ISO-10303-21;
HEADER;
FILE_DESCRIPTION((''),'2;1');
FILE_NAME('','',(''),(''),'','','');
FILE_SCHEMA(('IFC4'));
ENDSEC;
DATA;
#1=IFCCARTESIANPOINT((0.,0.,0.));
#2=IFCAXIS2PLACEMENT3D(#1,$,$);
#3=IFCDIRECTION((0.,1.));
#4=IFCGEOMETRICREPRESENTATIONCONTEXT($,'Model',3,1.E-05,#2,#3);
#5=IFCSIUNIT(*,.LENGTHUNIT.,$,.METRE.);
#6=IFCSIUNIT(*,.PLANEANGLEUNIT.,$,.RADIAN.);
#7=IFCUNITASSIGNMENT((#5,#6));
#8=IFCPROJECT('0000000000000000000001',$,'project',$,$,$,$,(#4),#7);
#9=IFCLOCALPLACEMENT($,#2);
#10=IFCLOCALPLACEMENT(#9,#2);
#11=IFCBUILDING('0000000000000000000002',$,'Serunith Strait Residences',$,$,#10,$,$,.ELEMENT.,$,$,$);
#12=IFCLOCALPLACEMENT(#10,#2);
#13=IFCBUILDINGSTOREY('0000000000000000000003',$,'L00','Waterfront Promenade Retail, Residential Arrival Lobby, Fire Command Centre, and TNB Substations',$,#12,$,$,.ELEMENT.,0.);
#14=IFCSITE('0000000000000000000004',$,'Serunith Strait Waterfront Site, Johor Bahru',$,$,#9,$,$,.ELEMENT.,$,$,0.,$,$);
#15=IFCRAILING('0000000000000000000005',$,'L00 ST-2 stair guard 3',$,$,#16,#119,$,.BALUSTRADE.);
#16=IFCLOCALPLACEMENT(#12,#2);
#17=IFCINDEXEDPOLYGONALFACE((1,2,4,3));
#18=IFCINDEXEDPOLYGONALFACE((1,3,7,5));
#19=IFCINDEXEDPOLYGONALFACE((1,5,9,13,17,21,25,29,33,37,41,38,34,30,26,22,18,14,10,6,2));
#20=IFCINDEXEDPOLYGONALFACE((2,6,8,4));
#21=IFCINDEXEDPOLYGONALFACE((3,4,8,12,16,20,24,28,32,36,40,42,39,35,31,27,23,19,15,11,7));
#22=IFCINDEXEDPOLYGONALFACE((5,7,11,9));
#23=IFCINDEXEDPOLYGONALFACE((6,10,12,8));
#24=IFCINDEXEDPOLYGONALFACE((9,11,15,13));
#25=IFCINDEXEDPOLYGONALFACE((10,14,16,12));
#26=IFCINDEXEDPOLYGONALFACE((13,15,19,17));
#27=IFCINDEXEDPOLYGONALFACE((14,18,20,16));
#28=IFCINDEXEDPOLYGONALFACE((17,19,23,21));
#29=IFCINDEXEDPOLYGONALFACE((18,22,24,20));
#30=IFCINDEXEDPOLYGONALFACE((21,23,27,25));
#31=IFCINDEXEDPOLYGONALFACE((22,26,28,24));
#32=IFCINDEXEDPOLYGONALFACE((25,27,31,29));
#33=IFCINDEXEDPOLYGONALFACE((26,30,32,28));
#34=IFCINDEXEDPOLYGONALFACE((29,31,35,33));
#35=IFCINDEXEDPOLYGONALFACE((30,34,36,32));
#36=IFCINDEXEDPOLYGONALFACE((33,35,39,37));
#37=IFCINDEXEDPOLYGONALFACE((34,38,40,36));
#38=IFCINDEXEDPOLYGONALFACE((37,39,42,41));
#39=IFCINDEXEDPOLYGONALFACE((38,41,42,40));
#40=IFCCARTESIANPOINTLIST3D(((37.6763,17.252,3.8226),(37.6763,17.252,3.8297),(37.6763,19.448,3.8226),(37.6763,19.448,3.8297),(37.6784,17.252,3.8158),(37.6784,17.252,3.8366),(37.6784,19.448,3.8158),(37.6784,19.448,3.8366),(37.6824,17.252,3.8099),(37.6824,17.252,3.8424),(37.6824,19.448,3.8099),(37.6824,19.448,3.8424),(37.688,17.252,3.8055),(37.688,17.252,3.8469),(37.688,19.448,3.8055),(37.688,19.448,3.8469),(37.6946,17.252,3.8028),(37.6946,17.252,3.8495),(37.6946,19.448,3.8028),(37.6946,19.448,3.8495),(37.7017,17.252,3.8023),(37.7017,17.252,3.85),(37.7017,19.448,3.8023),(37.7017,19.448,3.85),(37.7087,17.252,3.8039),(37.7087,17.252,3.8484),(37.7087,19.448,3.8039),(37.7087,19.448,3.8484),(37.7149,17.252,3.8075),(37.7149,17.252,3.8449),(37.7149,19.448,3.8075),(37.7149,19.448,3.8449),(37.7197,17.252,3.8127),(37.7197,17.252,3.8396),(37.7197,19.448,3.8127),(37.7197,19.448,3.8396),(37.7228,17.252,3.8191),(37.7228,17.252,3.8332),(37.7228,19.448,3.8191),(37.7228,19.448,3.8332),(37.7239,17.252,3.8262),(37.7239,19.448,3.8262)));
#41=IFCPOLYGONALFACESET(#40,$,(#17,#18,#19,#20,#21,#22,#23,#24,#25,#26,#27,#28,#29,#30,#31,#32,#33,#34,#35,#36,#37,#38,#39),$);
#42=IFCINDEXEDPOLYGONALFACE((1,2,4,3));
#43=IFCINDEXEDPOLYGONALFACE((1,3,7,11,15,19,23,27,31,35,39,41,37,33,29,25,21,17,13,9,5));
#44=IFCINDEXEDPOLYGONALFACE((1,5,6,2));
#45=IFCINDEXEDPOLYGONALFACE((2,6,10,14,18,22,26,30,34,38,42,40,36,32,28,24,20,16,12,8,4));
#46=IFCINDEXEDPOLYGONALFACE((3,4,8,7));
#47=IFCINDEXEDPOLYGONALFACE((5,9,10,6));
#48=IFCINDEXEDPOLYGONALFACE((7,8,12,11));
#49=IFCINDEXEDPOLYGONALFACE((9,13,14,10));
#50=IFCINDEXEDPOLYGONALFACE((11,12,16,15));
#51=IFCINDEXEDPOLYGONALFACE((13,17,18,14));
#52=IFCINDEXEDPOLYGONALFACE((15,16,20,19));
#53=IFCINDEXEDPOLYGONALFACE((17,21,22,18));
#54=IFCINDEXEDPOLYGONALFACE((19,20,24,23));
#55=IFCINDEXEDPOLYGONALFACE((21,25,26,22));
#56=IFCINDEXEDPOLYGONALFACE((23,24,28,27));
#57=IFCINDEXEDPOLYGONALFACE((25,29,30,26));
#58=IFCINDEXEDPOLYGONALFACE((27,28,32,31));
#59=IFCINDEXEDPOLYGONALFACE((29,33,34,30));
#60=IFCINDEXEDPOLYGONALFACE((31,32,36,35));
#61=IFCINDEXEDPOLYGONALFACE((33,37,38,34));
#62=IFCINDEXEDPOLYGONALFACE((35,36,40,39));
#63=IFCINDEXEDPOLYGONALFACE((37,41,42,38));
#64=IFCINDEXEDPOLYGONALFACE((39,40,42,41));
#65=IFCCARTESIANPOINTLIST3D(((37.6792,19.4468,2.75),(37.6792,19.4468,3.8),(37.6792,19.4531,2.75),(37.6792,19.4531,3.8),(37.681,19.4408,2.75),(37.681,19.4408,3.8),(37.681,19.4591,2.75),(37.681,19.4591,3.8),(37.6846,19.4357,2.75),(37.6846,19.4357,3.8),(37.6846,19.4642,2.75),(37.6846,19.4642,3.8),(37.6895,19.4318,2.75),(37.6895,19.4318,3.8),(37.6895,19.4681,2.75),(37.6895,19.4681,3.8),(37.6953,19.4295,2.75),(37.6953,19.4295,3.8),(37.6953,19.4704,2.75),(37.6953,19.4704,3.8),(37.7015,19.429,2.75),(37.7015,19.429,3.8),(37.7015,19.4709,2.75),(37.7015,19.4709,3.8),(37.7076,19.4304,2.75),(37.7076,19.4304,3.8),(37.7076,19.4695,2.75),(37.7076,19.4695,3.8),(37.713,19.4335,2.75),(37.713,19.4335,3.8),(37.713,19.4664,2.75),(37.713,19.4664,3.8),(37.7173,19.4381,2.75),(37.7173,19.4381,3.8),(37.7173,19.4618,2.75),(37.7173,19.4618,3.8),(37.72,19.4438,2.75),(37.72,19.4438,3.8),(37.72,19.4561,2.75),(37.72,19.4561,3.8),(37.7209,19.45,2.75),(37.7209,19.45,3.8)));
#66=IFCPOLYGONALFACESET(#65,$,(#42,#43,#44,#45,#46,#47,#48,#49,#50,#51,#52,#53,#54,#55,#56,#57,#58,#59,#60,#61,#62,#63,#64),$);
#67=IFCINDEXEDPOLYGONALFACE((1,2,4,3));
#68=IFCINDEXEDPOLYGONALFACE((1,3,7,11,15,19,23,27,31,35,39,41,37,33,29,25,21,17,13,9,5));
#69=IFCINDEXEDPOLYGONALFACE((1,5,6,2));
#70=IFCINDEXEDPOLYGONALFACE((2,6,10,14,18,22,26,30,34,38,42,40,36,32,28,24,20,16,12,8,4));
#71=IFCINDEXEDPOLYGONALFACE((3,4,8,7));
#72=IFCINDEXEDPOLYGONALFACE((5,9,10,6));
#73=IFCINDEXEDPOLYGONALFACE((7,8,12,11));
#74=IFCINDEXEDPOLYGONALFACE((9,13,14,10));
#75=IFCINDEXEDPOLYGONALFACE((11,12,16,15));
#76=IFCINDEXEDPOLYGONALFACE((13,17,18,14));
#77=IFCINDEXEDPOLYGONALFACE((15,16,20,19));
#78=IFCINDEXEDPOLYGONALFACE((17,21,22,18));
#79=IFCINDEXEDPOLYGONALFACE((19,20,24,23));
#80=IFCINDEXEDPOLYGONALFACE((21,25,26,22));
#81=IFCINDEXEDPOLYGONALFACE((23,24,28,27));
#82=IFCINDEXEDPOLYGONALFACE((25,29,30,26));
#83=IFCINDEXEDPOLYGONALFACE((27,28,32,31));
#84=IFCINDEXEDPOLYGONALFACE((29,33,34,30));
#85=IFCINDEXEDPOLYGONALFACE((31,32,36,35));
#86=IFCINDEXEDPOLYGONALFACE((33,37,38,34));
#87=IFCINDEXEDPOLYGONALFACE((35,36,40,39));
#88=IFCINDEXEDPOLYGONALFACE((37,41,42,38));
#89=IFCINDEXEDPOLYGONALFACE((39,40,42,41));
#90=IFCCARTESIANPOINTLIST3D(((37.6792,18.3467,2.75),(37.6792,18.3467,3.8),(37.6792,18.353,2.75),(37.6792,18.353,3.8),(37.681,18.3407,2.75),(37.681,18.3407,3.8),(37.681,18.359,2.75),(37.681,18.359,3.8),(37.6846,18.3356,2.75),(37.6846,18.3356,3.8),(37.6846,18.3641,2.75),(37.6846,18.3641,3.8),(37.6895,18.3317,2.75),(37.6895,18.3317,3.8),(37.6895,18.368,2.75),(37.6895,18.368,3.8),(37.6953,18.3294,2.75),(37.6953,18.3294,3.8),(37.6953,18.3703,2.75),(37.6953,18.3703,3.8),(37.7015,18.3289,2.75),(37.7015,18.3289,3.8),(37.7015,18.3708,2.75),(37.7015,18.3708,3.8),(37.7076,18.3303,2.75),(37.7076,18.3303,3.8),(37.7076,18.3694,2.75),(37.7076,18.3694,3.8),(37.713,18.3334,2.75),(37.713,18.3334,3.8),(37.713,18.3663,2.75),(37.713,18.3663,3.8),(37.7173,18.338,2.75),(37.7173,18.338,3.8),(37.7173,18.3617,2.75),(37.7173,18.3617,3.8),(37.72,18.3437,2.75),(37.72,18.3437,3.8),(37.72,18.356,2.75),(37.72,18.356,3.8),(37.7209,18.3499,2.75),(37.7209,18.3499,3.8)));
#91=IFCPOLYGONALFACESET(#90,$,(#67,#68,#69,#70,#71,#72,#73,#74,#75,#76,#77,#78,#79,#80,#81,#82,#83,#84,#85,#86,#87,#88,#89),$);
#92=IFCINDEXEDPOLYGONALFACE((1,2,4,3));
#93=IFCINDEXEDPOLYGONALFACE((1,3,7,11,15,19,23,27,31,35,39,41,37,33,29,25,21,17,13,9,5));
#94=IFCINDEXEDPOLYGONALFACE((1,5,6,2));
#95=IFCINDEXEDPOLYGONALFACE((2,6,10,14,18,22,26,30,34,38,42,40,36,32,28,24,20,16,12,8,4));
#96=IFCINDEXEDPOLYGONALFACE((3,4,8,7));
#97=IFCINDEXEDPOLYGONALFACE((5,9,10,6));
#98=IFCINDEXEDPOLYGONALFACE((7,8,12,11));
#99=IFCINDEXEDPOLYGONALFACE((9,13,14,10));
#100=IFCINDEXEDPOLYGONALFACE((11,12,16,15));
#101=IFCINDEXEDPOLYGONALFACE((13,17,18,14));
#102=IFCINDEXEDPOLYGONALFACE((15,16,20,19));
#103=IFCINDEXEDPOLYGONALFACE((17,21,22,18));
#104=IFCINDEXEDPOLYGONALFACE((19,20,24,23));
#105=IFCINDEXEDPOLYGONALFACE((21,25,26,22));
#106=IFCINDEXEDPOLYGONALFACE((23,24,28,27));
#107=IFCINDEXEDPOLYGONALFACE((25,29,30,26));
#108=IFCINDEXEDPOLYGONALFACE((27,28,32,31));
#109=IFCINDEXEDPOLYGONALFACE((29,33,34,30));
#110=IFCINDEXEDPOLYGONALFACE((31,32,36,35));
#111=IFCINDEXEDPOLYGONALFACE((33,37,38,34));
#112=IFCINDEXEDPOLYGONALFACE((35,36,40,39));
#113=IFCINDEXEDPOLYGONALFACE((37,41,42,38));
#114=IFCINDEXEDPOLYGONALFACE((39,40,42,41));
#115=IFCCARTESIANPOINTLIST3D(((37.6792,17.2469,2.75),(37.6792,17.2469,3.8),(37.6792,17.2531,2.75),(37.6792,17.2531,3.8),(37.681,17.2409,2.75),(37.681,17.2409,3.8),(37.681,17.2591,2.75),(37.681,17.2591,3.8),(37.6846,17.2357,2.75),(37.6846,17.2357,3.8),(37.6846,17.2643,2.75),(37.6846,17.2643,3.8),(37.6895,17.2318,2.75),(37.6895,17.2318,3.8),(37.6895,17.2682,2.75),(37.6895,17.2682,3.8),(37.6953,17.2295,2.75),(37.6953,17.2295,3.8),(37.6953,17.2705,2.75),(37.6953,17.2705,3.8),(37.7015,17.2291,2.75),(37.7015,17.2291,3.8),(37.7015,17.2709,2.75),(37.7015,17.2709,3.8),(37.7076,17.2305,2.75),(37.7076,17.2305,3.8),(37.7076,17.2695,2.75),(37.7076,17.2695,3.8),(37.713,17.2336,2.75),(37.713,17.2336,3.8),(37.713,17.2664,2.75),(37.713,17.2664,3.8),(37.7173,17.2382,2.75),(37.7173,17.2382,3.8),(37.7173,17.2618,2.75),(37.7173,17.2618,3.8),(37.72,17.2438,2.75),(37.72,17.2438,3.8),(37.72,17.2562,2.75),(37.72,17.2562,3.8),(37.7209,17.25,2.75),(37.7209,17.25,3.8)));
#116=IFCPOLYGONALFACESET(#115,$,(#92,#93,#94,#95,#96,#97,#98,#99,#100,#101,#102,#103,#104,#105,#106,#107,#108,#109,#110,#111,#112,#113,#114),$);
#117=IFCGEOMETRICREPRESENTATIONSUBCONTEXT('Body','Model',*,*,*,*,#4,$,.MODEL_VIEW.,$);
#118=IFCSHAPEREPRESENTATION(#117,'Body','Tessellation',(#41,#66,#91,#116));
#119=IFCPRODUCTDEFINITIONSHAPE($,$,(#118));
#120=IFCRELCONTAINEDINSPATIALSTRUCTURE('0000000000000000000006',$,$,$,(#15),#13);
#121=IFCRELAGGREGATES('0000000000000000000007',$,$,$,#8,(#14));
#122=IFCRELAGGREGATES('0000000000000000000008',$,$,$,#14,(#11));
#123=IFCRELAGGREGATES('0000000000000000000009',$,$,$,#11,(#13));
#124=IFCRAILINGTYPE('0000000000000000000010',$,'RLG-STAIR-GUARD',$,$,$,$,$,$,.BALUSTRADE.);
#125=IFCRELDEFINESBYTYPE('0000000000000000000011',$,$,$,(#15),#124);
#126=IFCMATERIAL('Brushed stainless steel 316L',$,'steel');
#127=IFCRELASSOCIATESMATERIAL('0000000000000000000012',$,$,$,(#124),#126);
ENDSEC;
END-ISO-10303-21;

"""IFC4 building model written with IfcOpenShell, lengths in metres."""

from ifc_helpers import new_model, si_unit, direction, frame, origin, origin_2d, place, context, subcontext, project, spatial, circle, extrude, material, type_object, element, save


model = new_model("IFC4")

# Units and contexts
model_context = context("Model", 3, precision=1e-05, world=origin(), true_north=direction((0.0, 1.0)))
body_context = subcontext(model_context, "Body", "Model", "MODEL_VIEW")
ifc_project = project(units=[si_unit("LENGTHUNIT", "METRE"), si_unit("PLANEANGLEUNIT", "RADIAN")], contexts=[model_context])

# Site, building, storey
site_placement = place(None, origin())
site = spatial("IfcSite", under=ifc_project, at=site_placement, Name="Serunith Strait Waterfront Site, Johor Bahru", CompositionType="ELEMENT", RefElevation=0.0)
building_placement = place(site_placement, origin())
building = spatial("IfcBuilding", under=site, at=building_placement, Name="Serunith Strait Residences", CompositionType="ELEMENT")
storey_placement = place(building_placement, origin())
storey = spatial("IfcBuildingStorey", under=building, at=storey_placement, Name="L00", Description="Waterfront Promenade Retail, Residential Arrival Lobby, Fire Command Centre, and TNB Substations", CompositionType="ELEMENT", Elevation=0.0)

# Railing
ifc_material_1 = material(Name="Brushed stainless steel 316L", Category="steel")
railing_type_1 = type_object("IfcRailingType", Name="RLG-STAIR-GUARD", PredefinedType="BALUSTRADE", material=ifc_material_1)
railing_1_placement = place(storey_placement, frame((37.7, 19.45, 2.75)))
element("IfcRailing", 1, at=railing_1_placement, inside=storey, type_object=railing_type_1, Name="L00 ST-2 stair guard 3", PredefinedType="BALUSTRADE", context=body_context, shape_type="SweptSolid", body=[
    extrude(circle(Radius=0.0239, at=origin_2d()), frame((0.0, -0.002, 1.0762), z_axis=(0.0, -1.0, 0.0), x_axis=(1.0, 0.0, 0.0)), (0.0, 0.0, 1.0), 2.196),
    extrude(circle(Radius=0.021, at=origin_2d()), origin(), (0.0, 0.0, 1.0), 1.05),
    extrude(circle(Radius=0.021, at=origin_2d()), frame((0.0, -1.1001, 0.0)), (0.0, 0.0, 1.0), 1.05),
    extrude(circle(Radius=0.021, at=origin_2d()), frame((0.0, -2.2, 0.0)), (0.0, 0.0, 1.0), 1.05),
])

save(model, "model.ifc")
